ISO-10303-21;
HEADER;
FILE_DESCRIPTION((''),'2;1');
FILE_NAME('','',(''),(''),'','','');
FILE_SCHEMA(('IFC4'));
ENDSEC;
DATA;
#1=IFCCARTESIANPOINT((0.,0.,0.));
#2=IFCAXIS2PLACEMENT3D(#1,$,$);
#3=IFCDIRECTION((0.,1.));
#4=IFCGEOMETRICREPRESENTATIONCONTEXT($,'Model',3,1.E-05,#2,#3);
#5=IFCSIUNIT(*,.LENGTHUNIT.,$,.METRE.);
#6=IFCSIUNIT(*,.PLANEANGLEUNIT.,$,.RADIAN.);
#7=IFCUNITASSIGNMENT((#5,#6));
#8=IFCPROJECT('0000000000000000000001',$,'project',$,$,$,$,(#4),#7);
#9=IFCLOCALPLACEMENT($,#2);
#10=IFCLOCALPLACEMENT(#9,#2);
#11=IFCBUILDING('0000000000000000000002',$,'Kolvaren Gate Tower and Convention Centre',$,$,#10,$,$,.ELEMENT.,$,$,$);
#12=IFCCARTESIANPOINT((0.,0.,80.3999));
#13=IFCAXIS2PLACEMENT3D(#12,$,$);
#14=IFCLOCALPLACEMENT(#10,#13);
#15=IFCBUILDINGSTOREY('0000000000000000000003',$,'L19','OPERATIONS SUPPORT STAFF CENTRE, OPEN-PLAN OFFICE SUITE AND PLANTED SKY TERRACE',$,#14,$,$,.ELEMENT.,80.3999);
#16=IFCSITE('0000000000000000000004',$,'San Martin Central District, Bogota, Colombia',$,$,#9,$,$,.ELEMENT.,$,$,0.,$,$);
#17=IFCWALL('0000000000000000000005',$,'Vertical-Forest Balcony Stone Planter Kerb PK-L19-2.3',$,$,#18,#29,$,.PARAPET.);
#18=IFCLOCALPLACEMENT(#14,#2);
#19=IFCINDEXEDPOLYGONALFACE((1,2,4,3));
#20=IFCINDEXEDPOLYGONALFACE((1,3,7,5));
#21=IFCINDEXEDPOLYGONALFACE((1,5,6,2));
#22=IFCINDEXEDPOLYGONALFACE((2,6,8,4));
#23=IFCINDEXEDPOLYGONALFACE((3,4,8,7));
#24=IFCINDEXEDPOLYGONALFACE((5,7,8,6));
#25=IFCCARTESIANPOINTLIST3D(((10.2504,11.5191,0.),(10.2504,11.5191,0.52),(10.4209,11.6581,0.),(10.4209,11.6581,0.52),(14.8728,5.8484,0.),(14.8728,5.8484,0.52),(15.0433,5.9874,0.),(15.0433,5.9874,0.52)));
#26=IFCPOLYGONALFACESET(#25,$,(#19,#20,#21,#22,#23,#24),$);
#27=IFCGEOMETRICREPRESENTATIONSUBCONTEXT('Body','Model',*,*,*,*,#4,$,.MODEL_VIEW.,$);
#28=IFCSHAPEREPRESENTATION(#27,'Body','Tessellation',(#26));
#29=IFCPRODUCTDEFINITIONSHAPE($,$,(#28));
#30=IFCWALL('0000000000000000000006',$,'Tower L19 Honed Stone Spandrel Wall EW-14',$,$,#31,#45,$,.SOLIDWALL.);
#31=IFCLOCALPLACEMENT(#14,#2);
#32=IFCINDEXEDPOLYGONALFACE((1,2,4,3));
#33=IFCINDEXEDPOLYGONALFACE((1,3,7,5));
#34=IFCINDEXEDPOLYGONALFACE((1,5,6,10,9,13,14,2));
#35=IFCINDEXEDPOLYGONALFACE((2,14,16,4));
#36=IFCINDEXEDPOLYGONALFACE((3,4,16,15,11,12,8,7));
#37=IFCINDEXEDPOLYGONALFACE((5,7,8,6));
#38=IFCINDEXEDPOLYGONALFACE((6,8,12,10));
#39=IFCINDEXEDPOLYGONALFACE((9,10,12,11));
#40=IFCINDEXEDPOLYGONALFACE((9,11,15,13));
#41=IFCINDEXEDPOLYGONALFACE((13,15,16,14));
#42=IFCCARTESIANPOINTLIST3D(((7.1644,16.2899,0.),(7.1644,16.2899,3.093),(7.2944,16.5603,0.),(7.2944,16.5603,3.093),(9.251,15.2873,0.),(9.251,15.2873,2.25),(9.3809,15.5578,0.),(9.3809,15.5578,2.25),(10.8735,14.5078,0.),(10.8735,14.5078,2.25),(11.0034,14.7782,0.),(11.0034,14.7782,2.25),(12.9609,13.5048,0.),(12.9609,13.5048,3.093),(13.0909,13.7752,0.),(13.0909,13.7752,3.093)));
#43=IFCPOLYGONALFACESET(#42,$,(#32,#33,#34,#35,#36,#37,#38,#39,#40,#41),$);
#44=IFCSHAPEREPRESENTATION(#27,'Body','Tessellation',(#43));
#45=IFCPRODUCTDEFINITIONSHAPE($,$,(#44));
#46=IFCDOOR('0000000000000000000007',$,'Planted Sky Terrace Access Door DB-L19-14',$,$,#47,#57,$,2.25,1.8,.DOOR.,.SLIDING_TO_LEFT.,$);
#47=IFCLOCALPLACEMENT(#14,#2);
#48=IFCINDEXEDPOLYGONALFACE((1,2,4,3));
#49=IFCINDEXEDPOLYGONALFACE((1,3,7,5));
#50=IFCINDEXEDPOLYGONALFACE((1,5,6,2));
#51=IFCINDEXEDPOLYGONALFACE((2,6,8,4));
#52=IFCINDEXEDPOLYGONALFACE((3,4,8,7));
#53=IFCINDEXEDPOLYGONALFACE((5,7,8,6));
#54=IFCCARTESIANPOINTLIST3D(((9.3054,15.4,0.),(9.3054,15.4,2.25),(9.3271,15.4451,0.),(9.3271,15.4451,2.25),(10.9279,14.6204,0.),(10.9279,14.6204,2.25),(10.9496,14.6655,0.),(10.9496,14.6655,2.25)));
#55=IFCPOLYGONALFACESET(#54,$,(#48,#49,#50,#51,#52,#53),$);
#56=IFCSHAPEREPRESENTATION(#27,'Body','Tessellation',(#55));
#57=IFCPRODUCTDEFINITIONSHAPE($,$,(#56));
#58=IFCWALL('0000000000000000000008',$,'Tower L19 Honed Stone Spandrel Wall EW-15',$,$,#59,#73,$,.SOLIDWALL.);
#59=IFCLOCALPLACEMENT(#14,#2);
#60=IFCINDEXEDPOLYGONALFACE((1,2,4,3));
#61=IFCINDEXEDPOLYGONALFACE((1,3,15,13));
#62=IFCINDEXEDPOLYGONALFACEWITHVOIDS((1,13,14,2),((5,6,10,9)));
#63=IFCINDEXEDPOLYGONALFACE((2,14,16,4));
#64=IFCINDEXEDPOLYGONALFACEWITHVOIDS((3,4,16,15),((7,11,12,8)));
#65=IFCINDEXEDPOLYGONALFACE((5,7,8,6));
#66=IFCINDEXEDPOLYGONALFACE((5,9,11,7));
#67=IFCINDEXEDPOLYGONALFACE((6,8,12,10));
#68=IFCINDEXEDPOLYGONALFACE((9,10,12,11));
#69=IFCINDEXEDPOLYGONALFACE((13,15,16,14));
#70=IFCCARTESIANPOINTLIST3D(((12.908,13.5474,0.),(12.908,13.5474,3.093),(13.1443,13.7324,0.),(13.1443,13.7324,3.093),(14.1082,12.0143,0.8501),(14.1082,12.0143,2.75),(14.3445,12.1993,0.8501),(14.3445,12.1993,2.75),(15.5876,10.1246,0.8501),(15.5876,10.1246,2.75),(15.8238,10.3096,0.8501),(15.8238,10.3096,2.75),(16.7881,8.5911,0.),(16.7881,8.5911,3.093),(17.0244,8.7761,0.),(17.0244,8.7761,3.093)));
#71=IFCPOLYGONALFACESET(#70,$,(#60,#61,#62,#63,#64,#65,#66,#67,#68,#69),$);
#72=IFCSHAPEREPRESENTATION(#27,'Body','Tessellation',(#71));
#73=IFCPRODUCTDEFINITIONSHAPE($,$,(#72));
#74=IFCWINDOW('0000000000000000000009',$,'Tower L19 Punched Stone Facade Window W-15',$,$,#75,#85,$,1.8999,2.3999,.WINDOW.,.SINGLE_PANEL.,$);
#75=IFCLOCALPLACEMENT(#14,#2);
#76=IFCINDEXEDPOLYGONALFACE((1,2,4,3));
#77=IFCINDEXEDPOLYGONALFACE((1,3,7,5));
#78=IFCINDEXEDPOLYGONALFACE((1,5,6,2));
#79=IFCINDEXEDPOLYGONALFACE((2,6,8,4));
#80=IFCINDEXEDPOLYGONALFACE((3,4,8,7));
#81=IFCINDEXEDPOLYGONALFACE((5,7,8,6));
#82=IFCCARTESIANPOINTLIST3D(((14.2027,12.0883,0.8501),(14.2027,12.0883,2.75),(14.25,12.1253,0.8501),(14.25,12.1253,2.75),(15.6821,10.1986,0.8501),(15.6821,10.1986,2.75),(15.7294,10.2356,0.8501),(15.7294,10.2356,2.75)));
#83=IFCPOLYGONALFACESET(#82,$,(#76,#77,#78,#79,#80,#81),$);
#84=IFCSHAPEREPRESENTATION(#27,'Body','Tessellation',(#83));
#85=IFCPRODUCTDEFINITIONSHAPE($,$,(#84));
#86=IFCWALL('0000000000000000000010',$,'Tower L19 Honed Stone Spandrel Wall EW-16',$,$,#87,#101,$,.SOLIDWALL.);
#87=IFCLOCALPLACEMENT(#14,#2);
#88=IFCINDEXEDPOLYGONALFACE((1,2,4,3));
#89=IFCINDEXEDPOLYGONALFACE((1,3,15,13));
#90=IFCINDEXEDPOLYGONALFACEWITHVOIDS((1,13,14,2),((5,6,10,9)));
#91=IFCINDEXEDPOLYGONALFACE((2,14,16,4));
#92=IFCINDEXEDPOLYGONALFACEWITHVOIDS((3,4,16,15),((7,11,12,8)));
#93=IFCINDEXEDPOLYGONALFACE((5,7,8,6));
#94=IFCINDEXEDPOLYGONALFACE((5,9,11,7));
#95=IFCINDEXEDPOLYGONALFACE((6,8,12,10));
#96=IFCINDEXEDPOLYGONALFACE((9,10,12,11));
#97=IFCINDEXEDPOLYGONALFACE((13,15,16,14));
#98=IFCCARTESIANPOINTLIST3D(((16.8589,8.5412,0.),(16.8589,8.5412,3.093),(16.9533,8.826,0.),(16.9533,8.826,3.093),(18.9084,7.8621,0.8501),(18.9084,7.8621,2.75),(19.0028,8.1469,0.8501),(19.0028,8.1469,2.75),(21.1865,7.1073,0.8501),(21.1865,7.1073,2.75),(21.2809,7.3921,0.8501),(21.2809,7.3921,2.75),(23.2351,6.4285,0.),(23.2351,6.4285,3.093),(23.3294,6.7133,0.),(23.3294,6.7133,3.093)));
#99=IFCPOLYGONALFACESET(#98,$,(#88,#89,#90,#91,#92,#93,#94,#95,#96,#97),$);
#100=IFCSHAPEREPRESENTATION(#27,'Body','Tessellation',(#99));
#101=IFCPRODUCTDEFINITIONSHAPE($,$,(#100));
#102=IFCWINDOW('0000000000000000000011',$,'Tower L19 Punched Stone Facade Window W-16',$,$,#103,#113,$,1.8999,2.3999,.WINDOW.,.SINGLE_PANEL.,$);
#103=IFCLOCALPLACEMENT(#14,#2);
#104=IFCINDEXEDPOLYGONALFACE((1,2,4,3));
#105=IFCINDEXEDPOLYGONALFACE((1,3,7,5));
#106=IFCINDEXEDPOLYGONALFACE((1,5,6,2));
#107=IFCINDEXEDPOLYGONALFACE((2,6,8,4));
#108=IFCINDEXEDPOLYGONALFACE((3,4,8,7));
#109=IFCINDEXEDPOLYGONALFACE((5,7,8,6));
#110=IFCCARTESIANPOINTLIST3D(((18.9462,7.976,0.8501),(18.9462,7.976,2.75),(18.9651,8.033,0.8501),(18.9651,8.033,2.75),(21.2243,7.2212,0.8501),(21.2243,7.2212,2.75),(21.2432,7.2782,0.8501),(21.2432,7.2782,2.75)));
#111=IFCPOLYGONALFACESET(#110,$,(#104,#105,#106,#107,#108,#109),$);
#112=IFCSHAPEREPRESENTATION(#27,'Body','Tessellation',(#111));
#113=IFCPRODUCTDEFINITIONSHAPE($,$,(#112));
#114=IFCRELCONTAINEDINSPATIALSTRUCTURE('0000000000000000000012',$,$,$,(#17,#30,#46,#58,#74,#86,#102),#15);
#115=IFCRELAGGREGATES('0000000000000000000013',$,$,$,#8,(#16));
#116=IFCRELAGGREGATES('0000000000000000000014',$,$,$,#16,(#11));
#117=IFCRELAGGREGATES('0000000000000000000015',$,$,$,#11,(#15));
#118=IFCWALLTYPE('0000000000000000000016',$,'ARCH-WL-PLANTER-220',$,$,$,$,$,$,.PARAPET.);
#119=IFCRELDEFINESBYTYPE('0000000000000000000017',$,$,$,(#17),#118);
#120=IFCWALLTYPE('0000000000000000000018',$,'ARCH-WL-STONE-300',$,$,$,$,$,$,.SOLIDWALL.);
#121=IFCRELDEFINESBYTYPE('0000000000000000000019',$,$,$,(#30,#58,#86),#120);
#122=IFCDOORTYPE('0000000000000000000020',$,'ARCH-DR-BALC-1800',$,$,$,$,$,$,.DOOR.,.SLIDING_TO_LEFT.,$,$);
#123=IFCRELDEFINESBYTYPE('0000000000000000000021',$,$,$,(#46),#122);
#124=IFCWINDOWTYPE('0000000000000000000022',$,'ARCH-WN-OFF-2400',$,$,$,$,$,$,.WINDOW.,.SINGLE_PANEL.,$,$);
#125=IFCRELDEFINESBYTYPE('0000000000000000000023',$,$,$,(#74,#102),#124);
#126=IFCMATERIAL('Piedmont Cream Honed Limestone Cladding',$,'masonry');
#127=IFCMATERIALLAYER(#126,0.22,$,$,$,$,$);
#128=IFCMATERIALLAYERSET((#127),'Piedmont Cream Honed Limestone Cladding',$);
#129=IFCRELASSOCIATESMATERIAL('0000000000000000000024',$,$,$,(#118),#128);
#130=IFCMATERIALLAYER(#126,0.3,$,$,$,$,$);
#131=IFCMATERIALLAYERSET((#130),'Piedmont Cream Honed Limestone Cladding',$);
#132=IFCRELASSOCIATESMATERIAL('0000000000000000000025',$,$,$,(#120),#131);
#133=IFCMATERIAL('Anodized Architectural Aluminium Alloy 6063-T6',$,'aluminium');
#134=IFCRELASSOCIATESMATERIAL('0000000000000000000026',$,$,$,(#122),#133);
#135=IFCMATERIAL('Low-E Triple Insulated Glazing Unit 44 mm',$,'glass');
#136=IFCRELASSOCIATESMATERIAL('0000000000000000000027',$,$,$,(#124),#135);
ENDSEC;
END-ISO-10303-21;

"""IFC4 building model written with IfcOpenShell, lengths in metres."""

from ifc_helpers import new_model, si_unit, direction, frame, frame_2d, origin, place, context, subcontext, project, spatial, rectangle, extrude, material, layer, layer_set, type_object, element, fill, save


model = new_model("IFC4")

# Units and contexts
model_context = context("Model", 3, precision=1e-05, world=origin(), true_north=direction((0.0, 1.0)))
body_context = subcontext(model_context, "Body", "Model", "MODEL_VIEW")
ifc_project = project(units=[si_unit("LENGTHUNIT", "METRE"), si_unit("PLANEANGLEUNIT", "RADIAN")], contexts=[model_context])

# Site, building, storey
site_placement = place(None, origin())
site = spatial("IfcSite", under=ifc_project, at=site_placement, Name="San Martin Central District, Bogota, Colombia", CompositionType="ELEMENT", RefElevation=0.0)
building_placement = place(site_placement, origin())
building = spatial("IfcBuilding", under=site, at=building_placement, Name="Kolvaren Gate Tower and Convention Centre", CompositionType="ELEMENT")
storey_placement = place(building_placement, frame((0.0, 0.0, 80.3999)))
storey = spatial("IfcBuildingStorey", under=building, at=storey_placement, Name="L19", Description="OPERATIONS SUPPORT STAFF CENTRE, OPEN-PLAN OFFICE SUITE AND PLANTED SKY TERRACE", CompositionType="ELEMENT", Elevation=80.3999)

# Wall
ifc_material_1 = material(Name="Piedmont Cream Honed Limestone Cladding", Category="masonry")
ifc_layer_1 = layer(ifc_material_1, 0.22)
ifc_layer_set_1 = layer_set([ifc_layer_1], Name="Piedmont Cream Honed Limestone Cladding")
wall_type_1 = type_object("IfcWallType", Name="ARCH-WL-PLANTER-220", PredefinedType="PARAPET", material=ifc_layer_set_1)
wall_1_placement = place(storey_placement, frame((10.3357, 11.5886, 0.0), z_axis=(0.0, 0.0, 1.0), x_axis=(0.631819, -0.775116, 0.0)))
element("IfcWall", 1, at=wall_1_placement, inside=storey, type_object=wall_type_1, Name="Vertical-Forest Balcony Stone Planter Kerb PK-L19-2.3", PredefinedType="PARAPET", context=body_context, shape_type="SweptSolid", body=[
    extrude(rectangle(XDim=7.3159, YDim=0.22, at=frame_2d((3.658, 0.0))), origin(), (0.0, 0.0, 1.0), 0.52),
])

# Wall, opening, door
ifc_layer_2 = layer(ifc_material_1, 0.3)
ifc_layer_set_2 = layer_set([ifc_layer_2], Name="Piedmont Cream Honed Limestone Cladding")
wall_type_2 = type_object("IfcWallType", Name="ARCH-WL-STONE-300", PredefinedType="SOLIDWALL", material=ifc_layer_set_2)
wall_2_placement = place(storey_placement, frame((7.2295, 16.425, 0.0), z_axis=(0.0, 0.0, 1.0), x_axis=(0.901355, -0.433082, 0.0)))
wall_2 = element("IfcWall", 2, at=wall_2_placement, inside=storey, type_object=wall_type_2, Name="Tower L19 Honed Stone Spandrel Wall EW-14", PredefinedType="SOLIDWALL", context=body_context, shape_type="SweptSolid", body=[
    extrude(rectangle(XDim=6.4309, YDim=0.3, at=frame_2d((3.2153, 0.0))), origin(), (0.0, 0.0, 1.0), 3.093),
])
opening_1_placement = place(wall_2_placement, frame((2.3149, 0.0, 0.0)))
opening_1 = element("IfcOpeningElement", 3, at=opening_1_placement, cuts=wall_2, PredefinedType="OPENING", context=body_context, shape_type="SweptSolid", body=[
    extrude(rectangle(XDim=1.8, YDim=2.25, at=frame_2d((0.8999, 1.125))), frame((0.0, 0.1599, 0.0), z_axis=(0.0, -1.0, 0.0), x_axis=(1.0, 0.0, 0.0)), (0.0, 0.0, 1.0), 0.3201),
])
ifc_material_2 = material(Name="Anodized Architectural Aluminium Alloy 6063-T6", Category="aluminium")
door_type = type_object("IfcDoorType", Name="ARCH-DR-BALC-1800", OperationType="SLIDING_TO_LEFT", PredefinedType="DOOR", material=ifc_material_2)
door_placement = place(opening_1_placement, frame((1.8, 0.0, 0.0), z_axis=(0.0, 0.0, 1.0), x_axis=(-1.0, 0.0, 0.0)))
door = element("IfcDoor", 4, at=door_placement, inside=storey, type_object=door_type, Name="Planted Sky Terrace Access Door DB-L19-14", OperationType="SLIDING_TO_LEFT", OverallHeight=2.25, OverallWidth=1.8, PredefinedType="DOOR", context=body_context, shape_type="SweptSolid", body=[
    extrude(rectangle(XDim=1.8, YDim=2.25, at=frame_2d((0.8999, 1.125))), frame((0.0, 0.0249, 0.0), z_axis=(0.0, -1.0, 0.0), x_axis=(1.0, 0.0, 0.0)), (0.0, 0.0, 1.0), 0.05),
])
fill(opening_1, door)

# Walls, openings, windows
wall_3_placement = place(storey_placement, frame((13.0261, 13.6399, 0.0), z_axis=(0.0, 0.0, 1.0), x_axis=(0.616435, -0.787406, 0.0)))
wall_3 = element("IfcWall", 5, at=wall_3_placement, inside=storey, type_object=wall_type_2, Name="Tower L19 Honed Stone Spandrel Wall EW-15", PredefinedType="SOLIDWALL", context=body_context, shape_type="SweptSolid", body=[
    extrude(rectangle(XDim=6.2944, YDim=0.3, at=frame_2d((3.1472, 0.0))), origin(), (0.0, 0.0, 1.0), 3.093),
])
opening_2_placement = place(wall_3_placement, frame((1.947, 0.0, 0.8501)))
opening_2 = element("IfcOpeningElement", 6, at=opening_2_placement, cuts=wall_3, PredefinedType="OPENING", context=body_context, shape_type="SweptSolid", body=[
    extrude(rectangle(XDim=2.3999, YDim=1.8999, at=frame_2d((1.2, 0.95))), frame((0.0, 0.1599, 0.0), z_axis=(0.0, -1.0, 0.0), x_axis=(1.0, 0.0, 0.0)), (0.0, 0.0, 1.0), 0.3201),
])
ifc_material_3 = material(Name="Low-E Triple Insulated Glazing Unit 44 mm", Category="glass")
window_type = type_object("IfcWindowType", Name="ARCH-WN-OFF-2400", PartitioningType="SINGLE_PANEL", PredefinedType="WINDOW", material=ifc_material_3)
window_1_placement = place(opening_2_placement, origin())
window_1 = element("IfcWindow", 7, at=window_1_placement, inside=storey, type_object=window_type, Name="Tower L19 Punched Stone Facade Window W-15", OverallHeight=1.8999, OverallWidth=2.3999, PartitioningType="SINGLE_PANEL", PredefinedType="WINDOW", context=body_context, shape_type="SweptSolid", body=[
    extrude(rectangle(XDim=2.3999, YDim=1.8999, at=frame_2d((1.2, 0.95))), frame((0.0, 0.03, 0.0), z_axis=(0.0, -1.0, 0.0), x_axis=(1.0, 0.0, 0.0)), (0.0, 0.0, 1.0), 0.0601),
])
fill(opening_2, window_1)
wall_4_placement = place(storey_placement, frame((16.9062, 8.6836, 0.0), z_axis=(0.0, 0.0, 1.0), x_axis=(0.949245, -0.314537, 0.0)))
wall_4 = element("IfcWall", 8, at=wall_4_placement, inside=storey, type_object=wall_type_2, Name="Tower L19 Honed Stone Spandrel Wall EW-16", PredefinedType="SOLIDWALL", context=body_context, shape_type="SweptSolid", body=[
    extrude(rectangle(XDim=6.717, YDim=0.3, at=frame_2d((3.3584, 0.0))), origin(), (0.0, 0.0, 1.0), 3.093),
])
opening_3_placement = place(wall_4_placement, frame((2.1589, 0.0, 0.8501)))
opening_3 = element("IfcOpeningElement", 9, at=opening_3_placement, cuts=wall_4, PredefinedType="OPENING", context=body_context, shape_type="SweptSolid", body=[
    extrude(rectangle(XDim=2.3999, YDim=1.8999, at=frame_2d((1.2, 0.95))), frame((0.0, 0.1599, 0.0), z_axis=(0.0, -1.0, 0.0), x_axis=(1.0, 0.0, 0.0)), (0.0, 0.0, 1.0), 0.3201),
])
window_2_placement = place(opening_3_placement, origin())
window_2 = element("IfcWindow", 10, at=window_2_placement, inside=storey, type_object=window_type, Name="Tower L19 Punched Stone Facade Window W-16", OverallHeight=1.8999, OverallWidth=2.3999, PartitioningType="SINGLE_PANEL", PredefinedType="WINDOW", context=body_context, shape_type="SweptSolid", body=[
    extrude(rectangle(XDim=2.3999, YDim=1.8999, at=frame_2d((1.2, 0.95))), frame((0.0, 0.03, 0.0), z_axis=(0.0, -1.0, 0.0), x_axis=(1.0, 0.0, 0.0)), (0.0, 0.0, 1.0), 0.0601),
])
fill(opening_3, window_2)

save(model, "model.ifc")
